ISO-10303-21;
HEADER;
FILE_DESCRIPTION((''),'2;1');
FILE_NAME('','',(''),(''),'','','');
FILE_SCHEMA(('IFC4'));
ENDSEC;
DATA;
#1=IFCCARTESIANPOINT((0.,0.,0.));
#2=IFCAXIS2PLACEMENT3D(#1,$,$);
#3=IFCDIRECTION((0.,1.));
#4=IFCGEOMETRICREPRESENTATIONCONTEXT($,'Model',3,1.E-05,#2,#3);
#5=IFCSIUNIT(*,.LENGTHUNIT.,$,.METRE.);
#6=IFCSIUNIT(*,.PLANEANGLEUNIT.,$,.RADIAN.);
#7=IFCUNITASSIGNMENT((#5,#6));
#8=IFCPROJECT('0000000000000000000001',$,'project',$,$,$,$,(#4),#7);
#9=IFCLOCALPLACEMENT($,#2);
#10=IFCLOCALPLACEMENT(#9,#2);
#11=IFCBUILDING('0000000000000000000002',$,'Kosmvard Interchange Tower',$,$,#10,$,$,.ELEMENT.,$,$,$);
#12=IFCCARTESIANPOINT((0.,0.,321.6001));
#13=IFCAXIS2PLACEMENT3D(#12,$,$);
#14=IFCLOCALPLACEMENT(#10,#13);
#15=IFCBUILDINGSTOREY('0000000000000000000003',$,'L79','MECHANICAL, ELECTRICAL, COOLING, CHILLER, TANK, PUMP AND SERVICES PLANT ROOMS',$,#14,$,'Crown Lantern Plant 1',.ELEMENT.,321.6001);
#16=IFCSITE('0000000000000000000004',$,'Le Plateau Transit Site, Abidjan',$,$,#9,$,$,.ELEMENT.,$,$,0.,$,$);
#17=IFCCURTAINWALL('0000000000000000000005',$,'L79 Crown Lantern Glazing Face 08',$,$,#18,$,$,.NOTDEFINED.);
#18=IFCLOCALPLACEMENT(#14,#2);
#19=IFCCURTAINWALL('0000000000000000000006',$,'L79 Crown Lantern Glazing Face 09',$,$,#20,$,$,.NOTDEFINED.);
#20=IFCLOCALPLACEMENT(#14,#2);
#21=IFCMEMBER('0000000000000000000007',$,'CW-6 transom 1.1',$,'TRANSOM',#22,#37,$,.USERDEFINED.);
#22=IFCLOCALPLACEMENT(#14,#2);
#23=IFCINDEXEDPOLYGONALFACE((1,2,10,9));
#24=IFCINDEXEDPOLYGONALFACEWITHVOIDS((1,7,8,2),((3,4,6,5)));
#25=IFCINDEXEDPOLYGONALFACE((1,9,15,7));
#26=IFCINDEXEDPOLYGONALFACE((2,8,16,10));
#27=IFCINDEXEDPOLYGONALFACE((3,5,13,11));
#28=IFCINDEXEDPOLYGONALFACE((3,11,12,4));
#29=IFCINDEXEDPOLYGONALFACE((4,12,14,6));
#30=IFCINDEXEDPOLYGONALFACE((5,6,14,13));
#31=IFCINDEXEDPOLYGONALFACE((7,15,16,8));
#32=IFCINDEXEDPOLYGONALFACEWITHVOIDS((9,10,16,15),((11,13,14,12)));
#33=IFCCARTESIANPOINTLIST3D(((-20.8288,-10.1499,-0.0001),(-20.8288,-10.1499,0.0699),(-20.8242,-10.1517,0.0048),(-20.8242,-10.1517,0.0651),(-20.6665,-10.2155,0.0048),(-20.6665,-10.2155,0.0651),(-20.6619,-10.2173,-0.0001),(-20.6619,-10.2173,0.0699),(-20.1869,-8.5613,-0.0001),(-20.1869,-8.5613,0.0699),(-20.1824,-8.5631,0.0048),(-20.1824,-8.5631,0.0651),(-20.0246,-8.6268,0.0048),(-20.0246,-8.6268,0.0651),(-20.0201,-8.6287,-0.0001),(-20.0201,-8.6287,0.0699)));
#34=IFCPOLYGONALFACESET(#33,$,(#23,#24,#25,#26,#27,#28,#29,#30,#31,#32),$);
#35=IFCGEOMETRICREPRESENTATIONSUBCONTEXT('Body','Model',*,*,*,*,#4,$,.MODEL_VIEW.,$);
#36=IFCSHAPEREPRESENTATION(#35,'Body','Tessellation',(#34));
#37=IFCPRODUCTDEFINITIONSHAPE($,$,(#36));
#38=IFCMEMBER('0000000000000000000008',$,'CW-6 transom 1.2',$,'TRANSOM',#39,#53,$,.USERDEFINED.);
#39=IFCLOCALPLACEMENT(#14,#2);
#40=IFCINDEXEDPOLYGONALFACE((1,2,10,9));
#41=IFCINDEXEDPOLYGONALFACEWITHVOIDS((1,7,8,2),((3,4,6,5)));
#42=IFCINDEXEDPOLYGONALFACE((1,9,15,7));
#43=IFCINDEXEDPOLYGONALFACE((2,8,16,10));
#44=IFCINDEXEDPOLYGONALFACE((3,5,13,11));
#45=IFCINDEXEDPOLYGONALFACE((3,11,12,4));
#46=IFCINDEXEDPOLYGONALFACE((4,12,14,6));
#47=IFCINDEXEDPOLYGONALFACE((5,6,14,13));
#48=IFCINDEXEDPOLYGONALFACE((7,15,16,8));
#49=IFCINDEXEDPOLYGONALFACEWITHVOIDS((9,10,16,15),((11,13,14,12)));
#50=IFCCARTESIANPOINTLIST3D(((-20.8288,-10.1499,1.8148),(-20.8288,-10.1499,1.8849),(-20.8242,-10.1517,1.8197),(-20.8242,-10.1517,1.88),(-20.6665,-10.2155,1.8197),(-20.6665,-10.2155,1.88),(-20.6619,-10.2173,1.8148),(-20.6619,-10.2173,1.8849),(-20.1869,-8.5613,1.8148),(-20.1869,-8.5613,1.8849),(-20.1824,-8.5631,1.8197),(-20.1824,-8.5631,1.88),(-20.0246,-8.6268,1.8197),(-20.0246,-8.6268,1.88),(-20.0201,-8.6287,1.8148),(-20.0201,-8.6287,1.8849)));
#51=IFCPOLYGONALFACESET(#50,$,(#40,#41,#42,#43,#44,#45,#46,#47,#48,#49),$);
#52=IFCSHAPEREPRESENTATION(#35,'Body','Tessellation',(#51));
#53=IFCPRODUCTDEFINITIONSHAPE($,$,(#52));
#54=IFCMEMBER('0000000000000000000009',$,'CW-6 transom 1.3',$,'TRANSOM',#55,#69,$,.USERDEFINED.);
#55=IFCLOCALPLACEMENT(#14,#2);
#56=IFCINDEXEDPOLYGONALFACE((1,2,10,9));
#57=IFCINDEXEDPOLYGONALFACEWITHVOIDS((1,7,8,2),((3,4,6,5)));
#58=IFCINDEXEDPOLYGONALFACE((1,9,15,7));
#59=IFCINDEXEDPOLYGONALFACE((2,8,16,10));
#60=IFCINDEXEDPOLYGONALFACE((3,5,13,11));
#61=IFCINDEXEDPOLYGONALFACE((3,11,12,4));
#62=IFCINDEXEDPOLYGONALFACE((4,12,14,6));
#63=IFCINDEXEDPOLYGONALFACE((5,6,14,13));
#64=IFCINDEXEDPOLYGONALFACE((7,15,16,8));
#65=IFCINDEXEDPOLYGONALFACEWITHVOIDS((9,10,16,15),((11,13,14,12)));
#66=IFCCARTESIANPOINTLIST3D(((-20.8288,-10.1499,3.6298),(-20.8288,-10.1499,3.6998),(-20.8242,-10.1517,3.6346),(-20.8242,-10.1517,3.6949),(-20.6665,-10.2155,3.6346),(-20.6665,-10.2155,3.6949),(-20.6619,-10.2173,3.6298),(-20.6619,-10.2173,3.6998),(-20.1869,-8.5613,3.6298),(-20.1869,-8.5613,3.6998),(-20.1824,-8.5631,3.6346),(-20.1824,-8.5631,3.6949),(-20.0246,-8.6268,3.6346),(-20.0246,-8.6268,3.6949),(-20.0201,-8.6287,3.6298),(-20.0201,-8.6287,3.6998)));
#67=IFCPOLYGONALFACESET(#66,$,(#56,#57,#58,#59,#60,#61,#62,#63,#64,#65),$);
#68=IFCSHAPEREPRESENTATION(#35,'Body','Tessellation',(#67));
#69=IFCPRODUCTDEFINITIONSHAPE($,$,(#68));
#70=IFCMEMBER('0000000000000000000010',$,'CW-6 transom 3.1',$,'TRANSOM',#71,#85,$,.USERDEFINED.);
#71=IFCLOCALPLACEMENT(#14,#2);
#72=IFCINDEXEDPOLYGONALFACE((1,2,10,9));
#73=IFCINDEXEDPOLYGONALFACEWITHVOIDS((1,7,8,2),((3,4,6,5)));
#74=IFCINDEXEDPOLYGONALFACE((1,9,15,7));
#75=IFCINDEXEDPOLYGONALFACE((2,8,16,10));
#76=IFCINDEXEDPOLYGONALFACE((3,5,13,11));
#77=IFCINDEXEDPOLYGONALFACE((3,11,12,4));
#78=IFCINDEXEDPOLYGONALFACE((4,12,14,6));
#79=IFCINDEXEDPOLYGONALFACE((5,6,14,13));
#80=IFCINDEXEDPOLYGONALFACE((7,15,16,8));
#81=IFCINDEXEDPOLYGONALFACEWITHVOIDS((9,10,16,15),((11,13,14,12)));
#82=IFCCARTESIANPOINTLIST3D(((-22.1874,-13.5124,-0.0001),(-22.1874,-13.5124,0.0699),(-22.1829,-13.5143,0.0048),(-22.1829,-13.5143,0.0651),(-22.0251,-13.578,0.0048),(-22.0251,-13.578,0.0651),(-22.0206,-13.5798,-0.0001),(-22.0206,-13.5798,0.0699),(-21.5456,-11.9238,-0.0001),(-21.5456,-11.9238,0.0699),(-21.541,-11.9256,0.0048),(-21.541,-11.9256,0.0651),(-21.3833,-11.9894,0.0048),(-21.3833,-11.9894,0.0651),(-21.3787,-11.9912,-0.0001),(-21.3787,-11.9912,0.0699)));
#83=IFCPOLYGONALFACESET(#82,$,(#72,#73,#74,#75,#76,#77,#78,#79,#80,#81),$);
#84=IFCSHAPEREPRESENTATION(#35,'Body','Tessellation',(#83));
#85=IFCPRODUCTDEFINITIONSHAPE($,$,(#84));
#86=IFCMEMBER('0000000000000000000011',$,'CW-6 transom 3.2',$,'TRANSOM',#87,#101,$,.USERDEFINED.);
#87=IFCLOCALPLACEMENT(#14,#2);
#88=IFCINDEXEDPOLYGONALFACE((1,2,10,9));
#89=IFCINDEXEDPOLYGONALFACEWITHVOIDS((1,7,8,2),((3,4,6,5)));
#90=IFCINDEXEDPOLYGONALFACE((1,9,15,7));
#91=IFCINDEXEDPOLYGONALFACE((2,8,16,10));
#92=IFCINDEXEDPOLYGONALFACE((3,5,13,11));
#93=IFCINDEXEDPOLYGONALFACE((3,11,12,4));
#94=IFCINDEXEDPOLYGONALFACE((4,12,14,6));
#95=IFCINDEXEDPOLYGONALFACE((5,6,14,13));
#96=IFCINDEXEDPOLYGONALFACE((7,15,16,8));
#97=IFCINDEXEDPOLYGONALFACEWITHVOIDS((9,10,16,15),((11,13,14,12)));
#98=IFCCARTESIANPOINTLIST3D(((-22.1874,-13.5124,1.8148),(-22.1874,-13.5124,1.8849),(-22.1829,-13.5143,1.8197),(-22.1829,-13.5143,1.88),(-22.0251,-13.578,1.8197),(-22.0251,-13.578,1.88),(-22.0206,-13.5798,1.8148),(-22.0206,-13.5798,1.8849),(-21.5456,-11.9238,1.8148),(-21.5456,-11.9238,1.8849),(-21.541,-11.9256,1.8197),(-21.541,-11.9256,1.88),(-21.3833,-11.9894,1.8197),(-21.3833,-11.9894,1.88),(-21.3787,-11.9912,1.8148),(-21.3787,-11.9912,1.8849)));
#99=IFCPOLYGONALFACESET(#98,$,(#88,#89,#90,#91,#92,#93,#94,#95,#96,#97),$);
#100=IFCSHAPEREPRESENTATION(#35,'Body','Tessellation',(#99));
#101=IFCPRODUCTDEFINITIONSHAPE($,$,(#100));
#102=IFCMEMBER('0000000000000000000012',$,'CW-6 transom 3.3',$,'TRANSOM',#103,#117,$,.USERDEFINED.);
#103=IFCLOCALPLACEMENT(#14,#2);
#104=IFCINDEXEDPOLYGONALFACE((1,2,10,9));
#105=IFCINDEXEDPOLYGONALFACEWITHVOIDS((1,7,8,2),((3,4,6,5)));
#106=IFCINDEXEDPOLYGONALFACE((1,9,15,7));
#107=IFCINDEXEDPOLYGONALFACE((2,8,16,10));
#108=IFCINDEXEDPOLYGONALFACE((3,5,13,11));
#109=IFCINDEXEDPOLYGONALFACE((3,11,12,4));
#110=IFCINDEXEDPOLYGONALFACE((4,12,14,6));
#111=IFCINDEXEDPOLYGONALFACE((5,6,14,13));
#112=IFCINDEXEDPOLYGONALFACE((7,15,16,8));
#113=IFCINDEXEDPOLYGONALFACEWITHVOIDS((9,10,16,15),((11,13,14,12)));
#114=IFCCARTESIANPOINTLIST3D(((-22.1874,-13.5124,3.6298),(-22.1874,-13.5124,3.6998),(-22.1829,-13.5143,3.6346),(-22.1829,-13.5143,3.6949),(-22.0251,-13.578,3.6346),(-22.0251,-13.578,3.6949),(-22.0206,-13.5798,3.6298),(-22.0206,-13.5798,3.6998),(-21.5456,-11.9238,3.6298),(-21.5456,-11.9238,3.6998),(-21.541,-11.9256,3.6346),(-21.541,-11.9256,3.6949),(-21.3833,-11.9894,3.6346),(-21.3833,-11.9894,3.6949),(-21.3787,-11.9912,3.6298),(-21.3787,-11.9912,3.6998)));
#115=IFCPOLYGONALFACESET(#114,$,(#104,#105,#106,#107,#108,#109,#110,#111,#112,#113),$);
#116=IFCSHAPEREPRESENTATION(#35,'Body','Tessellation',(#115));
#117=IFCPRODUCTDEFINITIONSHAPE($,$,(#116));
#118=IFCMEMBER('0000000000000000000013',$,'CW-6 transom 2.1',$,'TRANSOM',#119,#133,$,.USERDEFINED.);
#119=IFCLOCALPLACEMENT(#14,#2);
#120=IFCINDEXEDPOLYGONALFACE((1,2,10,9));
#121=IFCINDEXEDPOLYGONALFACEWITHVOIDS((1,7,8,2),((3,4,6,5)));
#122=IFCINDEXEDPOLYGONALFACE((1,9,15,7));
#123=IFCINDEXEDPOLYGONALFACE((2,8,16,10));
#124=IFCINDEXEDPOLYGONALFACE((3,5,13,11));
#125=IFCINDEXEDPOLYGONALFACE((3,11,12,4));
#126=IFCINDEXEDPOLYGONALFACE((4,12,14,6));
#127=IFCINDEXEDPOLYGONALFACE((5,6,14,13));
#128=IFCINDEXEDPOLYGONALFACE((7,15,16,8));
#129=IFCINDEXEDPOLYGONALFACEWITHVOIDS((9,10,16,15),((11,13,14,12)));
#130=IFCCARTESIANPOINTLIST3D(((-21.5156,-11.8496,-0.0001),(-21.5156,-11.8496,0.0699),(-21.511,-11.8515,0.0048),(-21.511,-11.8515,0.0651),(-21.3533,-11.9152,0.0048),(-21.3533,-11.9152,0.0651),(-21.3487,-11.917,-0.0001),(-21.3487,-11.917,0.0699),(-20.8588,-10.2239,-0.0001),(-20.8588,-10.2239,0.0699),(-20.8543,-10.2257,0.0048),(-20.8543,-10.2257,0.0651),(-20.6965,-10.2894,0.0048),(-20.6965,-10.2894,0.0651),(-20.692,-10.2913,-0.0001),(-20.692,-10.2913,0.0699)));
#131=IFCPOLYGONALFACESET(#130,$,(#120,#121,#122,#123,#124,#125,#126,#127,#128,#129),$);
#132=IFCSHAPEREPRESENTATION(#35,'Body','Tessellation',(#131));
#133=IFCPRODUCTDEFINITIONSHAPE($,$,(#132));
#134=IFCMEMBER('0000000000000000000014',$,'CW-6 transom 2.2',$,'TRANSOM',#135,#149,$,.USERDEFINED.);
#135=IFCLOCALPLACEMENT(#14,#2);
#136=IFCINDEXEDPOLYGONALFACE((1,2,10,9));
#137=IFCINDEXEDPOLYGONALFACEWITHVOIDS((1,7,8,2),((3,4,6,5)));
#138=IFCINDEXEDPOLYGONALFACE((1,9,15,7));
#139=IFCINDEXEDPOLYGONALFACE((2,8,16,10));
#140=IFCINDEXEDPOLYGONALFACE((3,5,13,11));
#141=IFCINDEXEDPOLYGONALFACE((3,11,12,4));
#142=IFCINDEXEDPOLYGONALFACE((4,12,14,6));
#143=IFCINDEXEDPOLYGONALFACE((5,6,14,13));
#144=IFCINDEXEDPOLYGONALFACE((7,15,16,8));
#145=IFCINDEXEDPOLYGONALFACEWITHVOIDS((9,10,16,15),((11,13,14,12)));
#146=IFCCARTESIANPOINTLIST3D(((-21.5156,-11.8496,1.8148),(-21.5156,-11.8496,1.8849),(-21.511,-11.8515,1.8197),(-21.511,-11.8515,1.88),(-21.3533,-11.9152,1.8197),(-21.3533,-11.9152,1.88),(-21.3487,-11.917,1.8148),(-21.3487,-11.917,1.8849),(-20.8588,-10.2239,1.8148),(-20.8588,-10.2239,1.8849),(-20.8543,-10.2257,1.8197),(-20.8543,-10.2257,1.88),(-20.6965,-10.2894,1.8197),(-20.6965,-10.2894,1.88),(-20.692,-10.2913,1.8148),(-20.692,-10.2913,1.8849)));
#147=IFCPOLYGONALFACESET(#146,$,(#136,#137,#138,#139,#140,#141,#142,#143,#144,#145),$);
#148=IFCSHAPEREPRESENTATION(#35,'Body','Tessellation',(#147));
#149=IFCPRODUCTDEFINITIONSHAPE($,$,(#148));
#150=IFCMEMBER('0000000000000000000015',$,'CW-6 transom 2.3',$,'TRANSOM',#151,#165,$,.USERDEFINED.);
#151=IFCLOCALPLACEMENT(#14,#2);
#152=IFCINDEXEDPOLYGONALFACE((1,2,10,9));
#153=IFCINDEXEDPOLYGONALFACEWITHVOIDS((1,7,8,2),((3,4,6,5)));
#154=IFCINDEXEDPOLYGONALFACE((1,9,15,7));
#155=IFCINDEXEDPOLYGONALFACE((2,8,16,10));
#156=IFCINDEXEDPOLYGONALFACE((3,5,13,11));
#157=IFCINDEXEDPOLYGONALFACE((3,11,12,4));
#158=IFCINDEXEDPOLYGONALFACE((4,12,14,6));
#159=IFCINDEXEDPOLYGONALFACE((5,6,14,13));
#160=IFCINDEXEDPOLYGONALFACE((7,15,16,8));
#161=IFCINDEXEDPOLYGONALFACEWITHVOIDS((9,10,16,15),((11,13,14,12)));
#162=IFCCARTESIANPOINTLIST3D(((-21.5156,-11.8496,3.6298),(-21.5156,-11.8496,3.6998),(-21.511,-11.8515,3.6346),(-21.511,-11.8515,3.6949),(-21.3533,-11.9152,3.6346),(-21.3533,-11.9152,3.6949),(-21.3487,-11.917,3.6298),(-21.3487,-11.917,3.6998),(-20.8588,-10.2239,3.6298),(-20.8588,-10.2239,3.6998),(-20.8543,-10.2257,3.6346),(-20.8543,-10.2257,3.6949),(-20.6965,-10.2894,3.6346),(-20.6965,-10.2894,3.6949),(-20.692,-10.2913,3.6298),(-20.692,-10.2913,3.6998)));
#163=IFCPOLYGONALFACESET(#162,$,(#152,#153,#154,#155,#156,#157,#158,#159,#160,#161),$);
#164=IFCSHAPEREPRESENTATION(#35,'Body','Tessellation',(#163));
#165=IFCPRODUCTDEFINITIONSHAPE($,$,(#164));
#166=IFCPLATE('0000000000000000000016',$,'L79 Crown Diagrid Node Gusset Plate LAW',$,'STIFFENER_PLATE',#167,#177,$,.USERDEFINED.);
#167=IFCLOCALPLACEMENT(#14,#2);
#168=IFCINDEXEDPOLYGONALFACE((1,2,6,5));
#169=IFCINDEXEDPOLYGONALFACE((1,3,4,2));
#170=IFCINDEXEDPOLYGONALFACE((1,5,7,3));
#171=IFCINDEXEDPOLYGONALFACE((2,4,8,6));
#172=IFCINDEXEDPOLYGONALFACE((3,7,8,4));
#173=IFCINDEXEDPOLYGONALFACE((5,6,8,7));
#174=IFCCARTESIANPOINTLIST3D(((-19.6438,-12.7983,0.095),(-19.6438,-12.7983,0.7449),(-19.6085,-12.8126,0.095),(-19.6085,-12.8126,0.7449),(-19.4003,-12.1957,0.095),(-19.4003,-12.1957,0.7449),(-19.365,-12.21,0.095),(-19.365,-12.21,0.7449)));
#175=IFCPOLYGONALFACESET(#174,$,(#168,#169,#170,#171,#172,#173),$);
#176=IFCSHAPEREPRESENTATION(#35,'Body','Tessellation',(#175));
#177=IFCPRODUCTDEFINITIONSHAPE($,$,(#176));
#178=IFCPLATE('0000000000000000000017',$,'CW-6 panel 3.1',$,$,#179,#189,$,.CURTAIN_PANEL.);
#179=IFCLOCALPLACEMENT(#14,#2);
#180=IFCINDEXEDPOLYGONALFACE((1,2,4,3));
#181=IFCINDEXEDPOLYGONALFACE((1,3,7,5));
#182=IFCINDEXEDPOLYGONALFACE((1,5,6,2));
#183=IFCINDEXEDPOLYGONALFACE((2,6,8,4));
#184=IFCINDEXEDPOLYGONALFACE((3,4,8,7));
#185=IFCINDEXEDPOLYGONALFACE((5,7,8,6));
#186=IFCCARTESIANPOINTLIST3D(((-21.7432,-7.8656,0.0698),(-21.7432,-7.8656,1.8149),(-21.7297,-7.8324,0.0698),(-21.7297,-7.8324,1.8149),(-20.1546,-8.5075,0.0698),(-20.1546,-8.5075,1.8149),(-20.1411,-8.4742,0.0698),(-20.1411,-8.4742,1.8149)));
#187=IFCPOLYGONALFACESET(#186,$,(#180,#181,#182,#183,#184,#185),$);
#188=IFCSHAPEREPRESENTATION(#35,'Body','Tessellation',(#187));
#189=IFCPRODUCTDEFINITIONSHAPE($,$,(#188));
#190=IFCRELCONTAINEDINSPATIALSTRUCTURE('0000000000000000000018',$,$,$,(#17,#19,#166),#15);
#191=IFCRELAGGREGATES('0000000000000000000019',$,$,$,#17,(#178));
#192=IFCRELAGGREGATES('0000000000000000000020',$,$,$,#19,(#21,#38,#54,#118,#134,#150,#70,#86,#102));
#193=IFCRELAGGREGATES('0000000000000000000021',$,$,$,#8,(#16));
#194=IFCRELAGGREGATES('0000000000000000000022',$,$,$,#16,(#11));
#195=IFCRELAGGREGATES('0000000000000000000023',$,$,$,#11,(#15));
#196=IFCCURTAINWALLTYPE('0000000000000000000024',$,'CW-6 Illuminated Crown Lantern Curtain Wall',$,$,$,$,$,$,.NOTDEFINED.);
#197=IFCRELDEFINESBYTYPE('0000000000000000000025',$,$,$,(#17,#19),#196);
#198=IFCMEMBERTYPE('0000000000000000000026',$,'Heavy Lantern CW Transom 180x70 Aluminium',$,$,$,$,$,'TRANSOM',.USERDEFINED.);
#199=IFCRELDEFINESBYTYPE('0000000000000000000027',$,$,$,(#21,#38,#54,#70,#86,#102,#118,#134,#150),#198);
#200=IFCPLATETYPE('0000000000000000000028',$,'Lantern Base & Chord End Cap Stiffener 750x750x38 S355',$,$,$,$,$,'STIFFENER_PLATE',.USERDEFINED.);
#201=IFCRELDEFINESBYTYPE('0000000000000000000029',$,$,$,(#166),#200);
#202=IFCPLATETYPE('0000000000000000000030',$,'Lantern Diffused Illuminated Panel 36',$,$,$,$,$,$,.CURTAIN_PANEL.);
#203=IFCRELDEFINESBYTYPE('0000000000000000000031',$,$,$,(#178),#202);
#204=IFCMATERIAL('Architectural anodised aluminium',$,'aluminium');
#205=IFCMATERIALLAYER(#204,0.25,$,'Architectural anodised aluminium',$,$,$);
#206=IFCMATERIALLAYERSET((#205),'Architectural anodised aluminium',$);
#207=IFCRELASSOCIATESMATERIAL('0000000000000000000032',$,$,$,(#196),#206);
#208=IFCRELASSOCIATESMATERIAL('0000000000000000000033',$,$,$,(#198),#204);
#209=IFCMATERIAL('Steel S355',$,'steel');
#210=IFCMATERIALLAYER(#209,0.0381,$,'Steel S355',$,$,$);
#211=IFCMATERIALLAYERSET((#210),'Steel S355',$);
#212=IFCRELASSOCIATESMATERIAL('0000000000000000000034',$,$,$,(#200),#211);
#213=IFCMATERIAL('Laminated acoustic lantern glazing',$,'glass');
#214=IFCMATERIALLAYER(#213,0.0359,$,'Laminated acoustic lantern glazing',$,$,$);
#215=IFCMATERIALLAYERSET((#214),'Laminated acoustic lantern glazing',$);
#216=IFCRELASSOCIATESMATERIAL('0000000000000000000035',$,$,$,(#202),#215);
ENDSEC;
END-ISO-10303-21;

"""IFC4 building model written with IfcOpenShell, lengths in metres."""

from ifc_helpers import new_model, si_unit, direction, frame, origin, origin_2d, place, context, subcontext, project, spatial, rectangle, hollow_rectangle, extrude, source, transform, mapped, material, layer, layer_set, material_profile, profile_set, type_object, element, aggregate, save


model = new_model("IFC4")

# Units and contexts
model_context = context("Model", 3, precision=1e-05, world=origin(), true_north=direction((0.0, 1.0)))
body_context = subcontext(model_context, "Body", "Model", "MODEL_VIEW")
ifc_project = project(units=[si_unit("LENGTHUNIT", "METRE"), si_unit("PLANEANGLEUNIT", "RADIAN")], contexts=[model_context])

# Site, building, storey
site_placement = place(None, origin())
site = spatial("IfcSite", under=ifc_project, at=site_placement, Name="Le Plateau Transit Site, Abidjan", CompositionType="ELEMENT", RefElevation=0.0)
building_placement = place(site_placement, origin())
building = spatial("IfcBuilding", under=site, at=building_placement, Name="Kosmvard Interchange Tower", CompositionType="ELEMENT")
storey_placement = place(building_placement, frame((0.0, 0.0, 321.6001)))
storey = spatial("IfcBuildingStorey", under=building, at=storey_placement, Name="L79", Description="MECHANICAL, ELECTRICAL, COOLING, CHILLER, TANK, PUMP AND SERVICES PLANT ROOMS", LongName="Crown Lantern Plant 1", CompositionType="ELEMENT", Elevation=321.6001)

# Shared definitions
ifc_material_1 = material(Name="Steel S355", Category="steel")

# Curtain wall
ifc_material_2 = material(Name="Architectural anodised aluminium", Category="aluminium")
ifc_layer_1 = layer(ifc_material_2, 0.25, Name="Architectural anodised aluminium")
ifc_layer_set_1 = layer_set([ifc_layer_1], Name="Architectural anodised aluminium")
curtain_wall_type = type_object("IfcCurtainWallType", Name="CW-6 Illuminated Crown Lantern Curtain Wall", PredefinedType="NOTDEFINED", material=ifc_layer_set_1)
curtain_wall_1_placement = place(storey_placement, origin())
curtain_wall_1 = element("IfcCurtainWall", 1, at=curtain_wall_1_placement, inside=storey, type_object=curtain_wall_type, Name="L79 Crown Lantern Glazing Face 08", PredefinedType="NOTDEFINED")

# Curtain wall, members
curtain_wall_2_placement = place(storey_placement, origin())
curtain_wall_2 = element("IfcCurtainWall", 2, at=curtain_wall_2_placement, inside=storey, type_object=curtain_wall_type, Name="L79 Crown Lantern Glazing Face 09", PredefinedType="NOTDEFINED")
ifc_material_profile_1 = material_profile(ifc_material_2, hollow_rectangle(XDim=0.1799, YDim=0.0701, WallThickness=0.0049, at=origin_2d()), Name="CWT 180x70x5")
ifc_profile_set_1 = profile_set([ifc_material_profile_1], Name="Architectural anodised aluminium")
member_type_1 = type_object("IfcMemberType", Name="Heavy Lantern CW Transom 180x70 Aluminium", ElementType="TRANSOM", PredefinedType="USERDEFINED", material=ifc_profile_set_1)
shared_shape_1 = source(origin(), body_context, "Body", "SweptSolid", [
    extrude(hollow_rectangle(XDim=0.1799, YDim=0.0701, WallThickness=0.0049, at=origin_2d()), origin(), (0.0, 0.0, 1.0), 1.7134),
])
member_1_placement = place(storey_placement, frame((-20.1035, -8.595, 0.0349), z_axis=(-0.374607, -0.927184, 0.0), x_axis=(0.927184, -0.374607, 0.0)))
member_1 = element("IfcMember", 3, at=member_1_placement, type_object=member_type_1, Name="CW-6 transom 1.1", ObjectType="TRANSOM", PredefinedType="USERDEFINED", context=body_context, shape_type="MappedRepresentation", body=[
    mapped(shared_shape_1, transform((0.0, 0.0, 0.0), scale=1.0)),
])
member_2_placement = place(storey_placement, frame((-20.1035, -8.595, 1.8499), z_axis=(-0.374607, -0.927184, 0.0), x_axis=(0.927184, -0.374607, 0.0)))
member_2 = element("IfcMember", 4, at=member_2_placement, type_object=member_type_1, Name="CW-6 transom 1.2", ObjectType="TRANSOM", PredefinedType="USERDEFINED", context=body_context, shape_type="MappedRepresentation", body=[
    mapped(shared_shape_1, transform((0.0, 0.0, 0.0), scale=1.0)),
])
member_3_placement = place(storey_placement, frame((-20.1035, -8.595, 3.6648), z_axis=(-0.374607, -0.927184, 0.0), x_axis=(0.927184, -0.374607, 0.0)))
member_3 = element("IfcMember", 5, at=member_3_placement, type_object=member_type_1, Name="CW-6 transom 1.3", ObjectType="TRANSOM", PredefinedType="USERDEFINED", context=body_context, shape_type="MappedRepresentation", body=[
    mapped(shared_shape_1, transform((0.0, 0.0, 0.0), scale=1.0)),
])
member_4_placement = place(storey_placement, frame((-21.4622, -11.9575, 0.0349), z_axis=(-0.374607, -0.927184, 0.0), x_axis=(0.927184, -0.374607, 0.0)))
member_4 = element("IfcMember", 6, at=member_4_placement, type_object=member_type_1, Name="CW-6 transom 3.1", ObjectType="TRANSOM", PredefinedType="USERDEFINED", context=body_context, shape_type="MappedRepresentation", body=[
    mapped(shared_shape_1, transform((0.0, 0.0, 0.0), scale=1.0)),
])
member_5_placement = place(storey_placement, frame((-21.4622, -11.9575, 1.8499), z_axis=(-0.374607, -0.927184, 0.0), x_axis=(0.927184, -0.374607, 0.0)))
member_5 = element("IfcMember", 7, at=member_5_placement, type_object=member_type_1, Name="CW-6 transom 3.2", ObjectType="TRANSOM", PredefinedType="USERDEFINED", context=body_context, shape_type="MappedRepresentation", body=[
    mapped(shared_shape_1, transform((0.0, 0.0, 0.0), scale=1.0)),
])
member_6_placement = place(storey_placement, frame((-21.4622, -11.9575, 3.6648), z_axis=(-0.374607, -0.927184, 0.0), x_axis=(0.927184, -0.374607, 0.0)))
member_6 = element("IfcMember", 8, at=member_6_placement, type_object=member_type_1, Name="CW-6 transom 3.3", ObjectType="TRANSOM", PredefinedType="USERDEFINED", context=body_context, shape_type="MappedRepresentation", body=[
    mapped(shared_shape_1, transform((0.0, 0.0, 0.0), scale=1.0)),
])
shared_shape_2 = source(origin(), body_context, "Body", "SweptSolid", [
    extrude(hollow_rectangle(XDim=0.1799, YDim=0.0701, WallThickness=0.0049, at=origin_2d()), origin(), (0.0, 0.0, 1.0), 1.7534),
])
member_7_placement = place(storey_placement, frame((-20.7754, -10.2576, 0.0349), z_axis=(-0.374557, -0.927204, 0.0), x_axis=(0.927204, -0.374557, 0.0)))
member_7 = element("IfcMember", 9, at=member_7_placement, type_object=member_type_1, Name="CW-6 transom 2.1", ObjectType="TRANSOM", PredefinedType="USERDEFINED", context=body_context, shape_type="MappedRepresentation", body=[
    mapped(shared_shape_2, transform((0.0, 0.0, 0.0), scale=1.0)),
])
member_8_placement = place(storey_placement, frame((-20.7754, -10.2576, 1.8499), z_axis=(-0.374557, -0.927204, 0.0), x_axis=(0.927204, -0.374557, 0.0)))
member_8 = element("IfcMember", 10, at=member_8_placement, type_object=member_type_1, Name="CW-6 transom 2.2", ObjectType="TRANSOM", PredefinedType="USERDEFINED", context=body_context, shape_type="MappedRepresentation", body=[
    mapped(shared_shape_2, transform((0.0, 0.0, 0.0), scale=1.0)),
])
member_9_placement = place(storey_placement, frame((-20.7754, -10.2576, 3.6648), z_axis=(-0.374557, -0.927204, 0.0), x_axis=(0.927204, -0.374557, 0.0)))
member_9 = element("IfcMember", 11, at=member_9_placement, type_object=member_type_1, Name="CW-6 transom 2.3", ObjectType="TRANSOM", PredefinedType="USERDEFINED", context=body_context, shape_type="MappedRepresentation", body=[
    mapped(shared_shape_2, transform((0.0, 0.0, 0.0), scale=1.0)),
])

# Plates
ifc_layer_2 = layer(ifc_material_1, 0.0381, Name="Steel S355")
ifc_layer_set_2 = layer_set([ifc_layer_2], Name="Steel S355")
plate_type_1 = type_object("IfcPlateType", Name="Lantern Base & Chord End Cap Stiffener 750x750x38 S355", ElementType="STIFFENER_PLATE", PredefinedType="USERDEFINED", material=ifc_layer_set_2)
shared_shape_3 = source(origin(), body_context, "Body", "SweptSolid", [
    extrude(rectangle(XDim=0.6499, YDim=0.0381, at=origin_2d()), origin(), (0.0, 0.0, 1.0), 0.6499),
])
plate_1_placement = place(storey_placement, frame((-19.5044, -12.5042, 0.095), z_axis=(0.0, 0.0, 1.0), x_axis=(0.374607, 0.927184, 0.0)))
element("IfcPlate", 12, at=plate_1_placement, inside=storey, type_object=plate_type_1, Name="L79 Crown Diagrid Node Gusset Plate LAW", ObjectType="STIFFENER_PLATE", PredefinedType="USERDEFINED", context=body_context, shape_type="MappedRepresentation", body=[
    mapped(shared_shape_3, transform((0.0, 0.0, 0.0), scale=1.0)),
])
ifc_material_3 = material(Name="Laminated acoustic lantern glazing", Category="glass")
ifc_layer_3 = layer(ifc_material_3, 0.0359, Name="Laminated acoustic lantern glazing")
ifc_layer_set_3 = layer_set([ifc_layer_3], Name="Laminated acoustic lantern glazing")
plate_type_2 = type_object("IfcPlateType", Name="Lantern Diffused Illuminated Panel 36", PredefinedType="CURTAIN_PANEL", material=ifc_layer_set_3)
shared_shape_4 = source(origin(), body_context, "Body", "SweptSolid", [
    extrude(rectangle(XDim=1.7134, YDim=0.0359, at=origin_2d()), origin(), (0.0, 0.0, 1.0), 1.7451),
])
plate_2_placement = place(storey_placement, frame((-20.9421, -8.1699, 0.0698), z_axis=(0.0, 0.0, 1.0), x_axis=(0.927184, -0.374607, 0.0)))
plate_2 = element("IfcPlate", 13, at=plate_2_placement, type_object=plate_type_2, Name="CW-6 panel 3.1", PredefinedType="CURTAIN_PANEL", context=body_context, shape_type="MappedRepresentation", body=[
    mapped(shared_shape_4, transform((0.0, 0.0, 0.0), scale=1.0)),
])
aggregate(curtain_wall_1, [plate_2])
aggregate(curtain_wall_2, [member_1, member_2, member_3, member_7, member_8, member_9, member_4, member_5, member_6])

save(model, "model.ifc")
